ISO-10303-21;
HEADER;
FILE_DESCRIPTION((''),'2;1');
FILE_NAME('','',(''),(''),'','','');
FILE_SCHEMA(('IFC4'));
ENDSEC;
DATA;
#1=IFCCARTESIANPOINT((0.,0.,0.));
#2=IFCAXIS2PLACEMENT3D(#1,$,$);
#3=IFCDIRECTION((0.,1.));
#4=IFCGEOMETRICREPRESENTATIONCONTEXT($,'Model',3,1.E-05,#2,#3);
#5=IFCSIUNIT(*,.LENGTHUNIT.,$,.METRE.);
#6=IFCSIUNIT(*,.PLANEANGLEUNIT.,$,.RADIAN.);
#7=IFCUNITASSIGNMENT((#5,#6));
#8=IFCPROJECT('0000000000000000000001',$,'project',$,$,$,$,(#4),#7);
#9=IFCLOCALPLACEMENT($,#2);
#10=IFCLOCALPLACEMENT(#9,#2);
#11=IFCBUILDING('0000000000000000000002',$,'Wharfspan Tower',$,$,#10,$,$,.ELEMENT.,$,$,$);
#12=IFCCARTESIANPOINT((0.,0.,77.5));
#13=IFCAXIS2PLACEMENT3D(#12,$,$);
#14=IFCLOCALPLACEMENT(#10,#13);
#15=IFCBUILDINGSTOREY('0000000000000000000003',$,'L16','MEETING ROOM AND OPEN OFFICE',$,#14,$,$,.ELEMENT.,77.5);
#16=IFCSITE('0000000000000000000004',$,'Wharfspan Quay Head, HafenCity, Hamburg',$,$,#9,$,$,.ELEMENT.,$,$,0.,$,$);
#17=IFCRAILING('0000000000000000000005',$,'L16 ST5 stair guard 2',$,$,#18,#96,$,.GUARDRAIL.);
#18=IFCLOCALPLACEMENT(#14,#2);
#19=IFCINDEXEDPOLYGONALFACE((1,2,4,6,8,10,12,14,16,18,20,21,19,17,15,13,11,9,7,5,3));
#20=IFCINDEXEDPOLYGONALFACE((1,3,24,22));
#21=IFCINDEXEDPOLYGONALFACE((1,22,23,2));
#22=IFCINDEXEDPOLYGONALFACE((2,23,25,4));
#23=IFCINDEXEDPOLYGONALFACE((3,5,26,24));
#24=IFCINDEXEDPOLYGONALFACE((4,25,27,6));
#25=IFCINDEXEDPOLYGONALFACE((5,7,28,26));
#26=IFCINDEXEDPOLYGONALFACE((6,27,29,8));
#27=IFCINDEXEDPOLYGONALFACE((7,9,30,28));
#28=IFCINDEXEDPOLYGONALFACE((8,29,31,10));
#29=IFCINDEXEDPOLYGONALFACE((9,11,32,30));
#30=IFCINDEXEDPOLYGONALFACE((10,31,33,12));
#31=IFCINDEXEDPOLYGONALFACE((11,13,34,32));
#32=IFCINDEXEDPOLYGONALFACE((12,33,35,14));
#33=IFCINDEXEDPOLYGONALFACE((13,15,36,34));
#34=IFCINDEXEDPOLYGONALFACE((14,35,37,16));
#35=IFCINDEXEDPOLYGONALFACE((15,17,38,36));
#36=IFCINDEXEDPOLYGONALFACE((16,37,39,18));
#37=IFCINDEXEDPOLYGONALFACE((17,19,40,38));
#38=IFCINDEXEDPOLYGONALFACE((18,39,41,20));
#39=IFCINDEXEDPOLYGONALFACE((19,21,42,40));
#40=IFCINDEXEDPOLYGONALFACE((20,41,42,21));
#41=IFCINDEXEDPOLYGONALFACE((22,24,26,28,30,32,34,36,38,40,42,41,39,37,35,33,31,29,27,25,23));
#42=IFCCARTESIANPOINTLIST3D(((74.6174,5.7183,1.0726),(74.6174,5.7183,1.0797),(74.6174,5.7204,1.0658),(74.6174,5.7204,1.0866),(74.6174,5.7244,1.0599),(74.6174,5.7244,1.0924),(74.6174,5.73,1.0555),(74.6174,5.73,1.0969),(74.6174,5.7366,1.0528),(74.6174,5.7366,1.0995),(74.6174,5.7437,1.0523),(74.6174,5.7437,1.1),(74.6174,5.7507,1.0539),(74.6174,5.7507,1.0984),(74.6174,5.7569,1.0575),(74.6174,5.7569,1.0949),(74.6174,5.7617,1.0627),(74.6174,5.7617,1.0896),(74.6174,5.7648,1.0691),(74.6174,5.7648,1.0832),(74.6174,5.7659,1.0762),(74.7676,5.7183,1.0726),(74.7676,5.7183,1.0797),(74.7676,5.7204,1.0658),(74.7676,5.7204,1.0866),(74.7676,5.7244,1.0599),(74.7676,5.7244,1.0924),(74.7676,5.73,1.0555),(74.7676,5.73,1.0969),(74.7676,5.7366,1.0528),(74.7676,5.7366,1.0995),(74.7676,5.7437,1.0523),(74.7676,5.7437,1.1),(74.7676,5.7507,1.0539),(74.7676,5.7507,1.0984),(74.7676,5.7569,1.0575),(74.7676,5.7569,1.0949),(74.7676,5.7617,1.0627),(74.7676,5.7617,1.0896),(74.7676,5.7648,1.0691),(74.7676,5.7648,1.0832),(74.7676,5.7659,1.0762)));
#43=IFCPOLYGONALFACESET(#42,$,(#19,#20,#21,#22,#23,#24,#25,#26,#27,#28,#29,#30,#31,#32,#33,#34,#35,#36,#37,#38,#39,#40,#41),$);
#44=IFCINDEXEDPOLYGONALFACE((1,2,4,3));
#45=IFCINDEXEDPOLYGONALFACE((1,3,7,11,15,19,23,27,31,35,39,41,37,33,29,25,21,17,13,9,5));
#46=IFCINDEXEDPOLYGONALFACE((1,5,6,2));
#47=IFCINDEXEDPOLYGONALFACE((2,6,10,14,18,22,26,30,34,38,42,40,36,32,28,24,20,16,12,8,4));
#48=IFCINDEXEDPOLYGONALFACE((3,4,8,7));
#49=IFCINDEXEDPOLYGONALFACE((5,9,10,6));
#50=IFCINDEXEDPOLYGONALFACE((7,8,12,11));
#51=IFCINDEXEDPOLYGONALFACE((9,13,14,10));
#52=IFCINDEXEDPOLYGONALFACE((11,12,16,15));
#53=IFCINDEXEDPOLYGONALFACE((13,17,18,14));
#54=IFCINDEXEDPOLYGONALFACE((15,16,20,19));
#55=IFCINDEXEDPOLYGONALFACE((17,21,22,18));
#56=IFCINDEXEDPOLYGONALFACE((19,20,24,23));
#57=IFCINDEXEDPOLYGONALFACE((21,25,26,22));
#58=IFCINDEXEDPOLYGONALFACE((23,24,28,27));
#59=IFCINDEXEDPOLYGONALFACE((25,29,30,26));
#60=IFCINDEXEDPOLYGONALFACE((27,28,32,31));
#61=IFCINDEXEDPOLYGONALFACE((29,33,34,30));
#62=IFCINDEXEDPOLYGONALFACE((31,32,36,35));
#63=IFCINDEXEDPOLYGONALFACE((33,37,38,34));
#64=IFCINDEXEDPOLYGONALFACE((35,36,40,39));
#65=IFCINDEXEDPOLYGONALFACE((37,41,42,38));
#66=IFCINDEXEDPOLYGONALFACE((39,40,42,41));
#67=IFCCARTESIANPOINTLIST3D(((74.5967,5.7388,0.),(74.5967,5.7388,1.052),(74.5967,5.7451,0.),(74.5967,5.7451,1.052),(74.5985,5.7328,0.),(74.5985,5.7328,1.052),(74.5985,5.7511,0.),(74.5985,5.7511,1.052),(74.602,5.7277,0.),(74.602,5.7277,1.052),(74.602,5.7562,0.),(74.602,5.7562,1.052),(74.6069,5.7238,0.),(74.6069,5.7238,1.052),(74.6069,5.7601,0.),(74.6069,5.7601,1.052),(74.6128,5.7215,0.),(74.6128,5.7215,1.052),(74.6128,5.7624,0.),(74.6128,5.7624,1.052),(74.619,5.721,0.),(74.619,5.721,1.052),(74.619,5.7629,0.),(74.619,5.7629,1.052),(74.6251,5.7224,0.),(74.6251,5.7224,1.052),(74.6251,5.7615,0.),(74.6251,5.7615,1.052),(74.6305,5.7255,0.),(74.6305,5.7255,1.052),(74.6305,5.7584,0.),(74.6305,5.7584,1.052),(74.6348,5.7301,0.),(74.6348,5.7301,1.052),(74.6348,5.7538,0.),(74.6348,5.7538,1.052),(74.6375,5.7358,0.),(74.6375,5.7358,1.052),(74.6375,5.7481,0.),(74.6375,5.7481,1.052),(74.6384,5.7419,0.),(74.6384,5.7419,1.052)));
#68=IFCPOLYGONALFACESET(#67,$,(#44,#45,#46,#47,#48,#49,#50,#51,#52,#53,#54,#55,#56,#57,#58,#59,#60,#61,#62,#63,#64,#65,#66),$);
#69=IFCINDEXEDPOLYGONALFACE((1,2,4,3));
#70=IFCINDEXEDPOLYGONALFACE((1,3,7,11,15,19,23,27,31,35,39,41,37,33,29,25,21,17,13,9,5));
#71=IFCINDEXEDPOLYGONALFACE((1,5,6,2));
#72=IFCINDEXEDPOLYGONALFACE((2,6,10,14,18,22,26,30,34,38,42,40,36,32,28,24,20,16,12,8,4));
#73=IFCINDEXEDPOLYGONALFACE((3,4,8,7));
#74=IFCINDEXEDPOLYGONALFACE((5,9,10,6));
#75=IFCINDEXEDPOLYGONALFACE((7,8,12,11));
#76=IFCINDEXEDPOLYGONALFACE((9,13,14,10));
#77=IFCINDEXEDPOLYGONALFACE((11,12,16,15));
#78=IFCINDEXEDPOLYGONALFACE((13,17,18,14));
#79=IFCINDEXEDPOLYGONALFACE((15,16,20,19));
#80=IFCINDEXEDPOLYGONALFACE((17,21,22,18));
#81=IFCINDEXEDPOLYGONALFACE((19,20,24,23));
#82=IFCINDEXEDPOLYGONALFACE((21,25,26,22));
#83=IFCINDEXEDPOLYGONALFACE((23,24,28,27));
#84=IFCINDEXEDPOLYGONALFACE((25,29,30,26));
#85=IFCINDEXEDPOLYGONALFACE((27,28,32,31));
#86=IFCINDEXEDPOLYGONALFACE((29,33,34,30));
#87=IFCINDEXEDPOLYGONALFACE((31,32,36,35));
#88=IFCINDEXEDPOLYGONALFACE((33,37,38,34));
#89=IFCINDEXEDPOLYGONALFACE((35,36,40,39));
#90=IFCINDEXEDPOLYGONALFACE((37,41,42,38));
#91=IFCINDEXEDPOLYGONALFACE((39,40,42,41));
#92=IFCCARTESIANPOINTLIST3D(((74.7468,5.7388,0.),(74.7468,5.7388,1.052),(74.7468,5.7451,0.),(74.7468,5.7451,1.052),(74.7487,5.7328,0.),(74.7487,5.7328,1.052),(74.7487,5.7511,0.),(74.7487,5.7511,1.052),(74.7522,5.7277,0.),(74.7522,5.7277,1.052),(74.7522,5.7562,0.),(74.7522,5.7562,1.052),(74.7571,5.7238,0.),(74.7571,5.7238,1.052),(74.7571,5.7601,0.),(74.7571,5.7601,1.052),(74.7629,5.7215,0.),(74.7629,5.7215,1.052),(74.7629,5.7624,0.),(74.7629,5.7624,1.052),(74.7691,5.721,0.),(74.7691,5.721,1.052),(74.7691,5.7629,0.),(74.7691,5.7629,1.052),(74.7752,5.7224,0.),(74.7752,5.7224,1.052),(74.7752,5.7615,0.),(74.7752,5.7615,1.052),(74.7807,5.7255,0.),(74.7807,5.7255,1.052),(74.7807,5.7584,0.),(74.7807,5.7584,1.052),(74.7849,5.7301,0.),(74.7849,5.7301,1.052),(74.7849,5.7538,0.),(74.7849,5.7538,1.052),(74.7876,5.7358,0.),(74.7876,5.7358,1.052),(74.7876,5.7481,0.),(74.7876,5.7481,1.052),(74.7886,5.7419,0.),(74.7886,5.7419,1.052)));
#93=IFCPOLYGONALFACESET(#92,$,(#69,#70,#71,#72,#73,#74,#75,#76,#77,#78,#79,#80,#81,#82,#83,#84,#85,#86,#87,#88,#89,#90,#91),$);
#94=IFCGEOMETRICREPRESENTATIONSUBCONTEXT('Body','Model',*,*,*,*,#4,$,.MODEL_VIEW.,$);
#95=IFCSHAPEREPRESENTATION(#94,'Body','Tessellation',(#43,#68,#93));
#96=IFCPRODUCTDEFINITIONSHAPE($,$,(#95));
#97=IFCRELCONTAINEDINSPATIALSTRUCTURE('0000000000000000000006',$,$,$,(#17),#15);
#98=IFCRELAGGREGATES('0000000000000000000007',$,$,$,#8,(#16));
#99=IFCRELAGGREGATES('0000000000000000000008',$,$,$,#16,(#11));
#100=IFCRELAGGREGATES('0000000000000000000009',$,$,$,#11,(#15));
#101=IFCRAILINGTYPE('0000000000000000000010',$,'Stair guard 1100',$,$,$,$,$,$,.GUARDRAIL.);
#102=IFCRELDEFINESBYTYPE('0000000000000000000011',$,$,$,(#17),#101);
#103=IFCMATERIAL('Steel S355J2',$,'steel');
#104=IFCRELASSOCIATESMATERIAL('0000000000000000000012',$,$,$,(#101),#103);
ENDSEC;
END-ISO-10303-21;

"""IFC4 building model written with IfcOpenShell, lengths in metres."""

from ifc_helpers import new_model, si_unit, direction, frame, origin, origin_2d, place, context, subcontext, project, spatial, circle, extrude, material, type_object, element, save


model = new_model("IFC4")

# Units and contexts
model_context = context("Model", 3, precision=1e-05, world=origin(), true_north=direction((0.0, 1.0)))
body_context = subcontext(model_context, "Body", "Model", "MODEL_VIEW")
ifc_project = project(units=[si_unit("LENGTHUNIT", "METRE"), si_unit("PLANEANGLEUNIT", "RADIAN")], contexts=[model_context])

# Site, building, storey
site_placement = place(None, origin())
site = spatial("IfcSite", under=ifc_project, at=site_placement, Name="Wharfspan Quay Head, HafenCity, Hamburg", CompositionType="ELEMENT", RefElevation=0.0)
building_placement = place(site_placement, origin())
building = spatial("IfcBuilding", under=site, at=building_placement, Name="Wharfspan Tower", CompositionType="ELEMENT")
storey_placement = place(building_placement, frame((0.0, 0.0, 77.5)))
storey = spatial("IfcBuildingStorey", under=building, at=storey_placement, Name="L16", Description="MEETING ROOM AND OPEN OFFICE", CompositionType="ELEMENT", Elevation=77.5)

# Shared definitions
ifc_material_1 = material(Name="Steel S355J2", Category="steel")

# Railing
railing_type_1 = type_object("IfcRailingType", Name="Stair guard 1100", PredefinedType="GUARDRAIL", material=ifc_material_1)
railing_1_placement = place(storey_placement, frame((74.6174, 5.7419, 0.0)))
element("IfcRailing", 1, at=railing_1_placement, inside=storey, type_object=railing_type_1, Name="L16 ST5 stair guard 2", PredefinedType="GUARDRAIL", context=body_context, shape_type="SweptSolid", body=[
    extrude(circle(Radius=0.0239, at=origin_2d()), frame((0.0, 0.0, 1.0762), z_axis=(1.0, 0.0, 0.0), x_axis=(0.0, 1.0, 0.0)), (0.0, 0.0, 1.0), 0.1501),
    extrude(circle(Radius=0.021, at=origin_2d()), origin(), (0.0, 0.0, 1.0), 1.052),
    extrude(circle(Radius=0.021, at=origin_2d()), frame((0.1501, 0.0, 0.0)), (0.0, 0.0, 1.0), 1.052),
])

save(model, "model.ifc")
